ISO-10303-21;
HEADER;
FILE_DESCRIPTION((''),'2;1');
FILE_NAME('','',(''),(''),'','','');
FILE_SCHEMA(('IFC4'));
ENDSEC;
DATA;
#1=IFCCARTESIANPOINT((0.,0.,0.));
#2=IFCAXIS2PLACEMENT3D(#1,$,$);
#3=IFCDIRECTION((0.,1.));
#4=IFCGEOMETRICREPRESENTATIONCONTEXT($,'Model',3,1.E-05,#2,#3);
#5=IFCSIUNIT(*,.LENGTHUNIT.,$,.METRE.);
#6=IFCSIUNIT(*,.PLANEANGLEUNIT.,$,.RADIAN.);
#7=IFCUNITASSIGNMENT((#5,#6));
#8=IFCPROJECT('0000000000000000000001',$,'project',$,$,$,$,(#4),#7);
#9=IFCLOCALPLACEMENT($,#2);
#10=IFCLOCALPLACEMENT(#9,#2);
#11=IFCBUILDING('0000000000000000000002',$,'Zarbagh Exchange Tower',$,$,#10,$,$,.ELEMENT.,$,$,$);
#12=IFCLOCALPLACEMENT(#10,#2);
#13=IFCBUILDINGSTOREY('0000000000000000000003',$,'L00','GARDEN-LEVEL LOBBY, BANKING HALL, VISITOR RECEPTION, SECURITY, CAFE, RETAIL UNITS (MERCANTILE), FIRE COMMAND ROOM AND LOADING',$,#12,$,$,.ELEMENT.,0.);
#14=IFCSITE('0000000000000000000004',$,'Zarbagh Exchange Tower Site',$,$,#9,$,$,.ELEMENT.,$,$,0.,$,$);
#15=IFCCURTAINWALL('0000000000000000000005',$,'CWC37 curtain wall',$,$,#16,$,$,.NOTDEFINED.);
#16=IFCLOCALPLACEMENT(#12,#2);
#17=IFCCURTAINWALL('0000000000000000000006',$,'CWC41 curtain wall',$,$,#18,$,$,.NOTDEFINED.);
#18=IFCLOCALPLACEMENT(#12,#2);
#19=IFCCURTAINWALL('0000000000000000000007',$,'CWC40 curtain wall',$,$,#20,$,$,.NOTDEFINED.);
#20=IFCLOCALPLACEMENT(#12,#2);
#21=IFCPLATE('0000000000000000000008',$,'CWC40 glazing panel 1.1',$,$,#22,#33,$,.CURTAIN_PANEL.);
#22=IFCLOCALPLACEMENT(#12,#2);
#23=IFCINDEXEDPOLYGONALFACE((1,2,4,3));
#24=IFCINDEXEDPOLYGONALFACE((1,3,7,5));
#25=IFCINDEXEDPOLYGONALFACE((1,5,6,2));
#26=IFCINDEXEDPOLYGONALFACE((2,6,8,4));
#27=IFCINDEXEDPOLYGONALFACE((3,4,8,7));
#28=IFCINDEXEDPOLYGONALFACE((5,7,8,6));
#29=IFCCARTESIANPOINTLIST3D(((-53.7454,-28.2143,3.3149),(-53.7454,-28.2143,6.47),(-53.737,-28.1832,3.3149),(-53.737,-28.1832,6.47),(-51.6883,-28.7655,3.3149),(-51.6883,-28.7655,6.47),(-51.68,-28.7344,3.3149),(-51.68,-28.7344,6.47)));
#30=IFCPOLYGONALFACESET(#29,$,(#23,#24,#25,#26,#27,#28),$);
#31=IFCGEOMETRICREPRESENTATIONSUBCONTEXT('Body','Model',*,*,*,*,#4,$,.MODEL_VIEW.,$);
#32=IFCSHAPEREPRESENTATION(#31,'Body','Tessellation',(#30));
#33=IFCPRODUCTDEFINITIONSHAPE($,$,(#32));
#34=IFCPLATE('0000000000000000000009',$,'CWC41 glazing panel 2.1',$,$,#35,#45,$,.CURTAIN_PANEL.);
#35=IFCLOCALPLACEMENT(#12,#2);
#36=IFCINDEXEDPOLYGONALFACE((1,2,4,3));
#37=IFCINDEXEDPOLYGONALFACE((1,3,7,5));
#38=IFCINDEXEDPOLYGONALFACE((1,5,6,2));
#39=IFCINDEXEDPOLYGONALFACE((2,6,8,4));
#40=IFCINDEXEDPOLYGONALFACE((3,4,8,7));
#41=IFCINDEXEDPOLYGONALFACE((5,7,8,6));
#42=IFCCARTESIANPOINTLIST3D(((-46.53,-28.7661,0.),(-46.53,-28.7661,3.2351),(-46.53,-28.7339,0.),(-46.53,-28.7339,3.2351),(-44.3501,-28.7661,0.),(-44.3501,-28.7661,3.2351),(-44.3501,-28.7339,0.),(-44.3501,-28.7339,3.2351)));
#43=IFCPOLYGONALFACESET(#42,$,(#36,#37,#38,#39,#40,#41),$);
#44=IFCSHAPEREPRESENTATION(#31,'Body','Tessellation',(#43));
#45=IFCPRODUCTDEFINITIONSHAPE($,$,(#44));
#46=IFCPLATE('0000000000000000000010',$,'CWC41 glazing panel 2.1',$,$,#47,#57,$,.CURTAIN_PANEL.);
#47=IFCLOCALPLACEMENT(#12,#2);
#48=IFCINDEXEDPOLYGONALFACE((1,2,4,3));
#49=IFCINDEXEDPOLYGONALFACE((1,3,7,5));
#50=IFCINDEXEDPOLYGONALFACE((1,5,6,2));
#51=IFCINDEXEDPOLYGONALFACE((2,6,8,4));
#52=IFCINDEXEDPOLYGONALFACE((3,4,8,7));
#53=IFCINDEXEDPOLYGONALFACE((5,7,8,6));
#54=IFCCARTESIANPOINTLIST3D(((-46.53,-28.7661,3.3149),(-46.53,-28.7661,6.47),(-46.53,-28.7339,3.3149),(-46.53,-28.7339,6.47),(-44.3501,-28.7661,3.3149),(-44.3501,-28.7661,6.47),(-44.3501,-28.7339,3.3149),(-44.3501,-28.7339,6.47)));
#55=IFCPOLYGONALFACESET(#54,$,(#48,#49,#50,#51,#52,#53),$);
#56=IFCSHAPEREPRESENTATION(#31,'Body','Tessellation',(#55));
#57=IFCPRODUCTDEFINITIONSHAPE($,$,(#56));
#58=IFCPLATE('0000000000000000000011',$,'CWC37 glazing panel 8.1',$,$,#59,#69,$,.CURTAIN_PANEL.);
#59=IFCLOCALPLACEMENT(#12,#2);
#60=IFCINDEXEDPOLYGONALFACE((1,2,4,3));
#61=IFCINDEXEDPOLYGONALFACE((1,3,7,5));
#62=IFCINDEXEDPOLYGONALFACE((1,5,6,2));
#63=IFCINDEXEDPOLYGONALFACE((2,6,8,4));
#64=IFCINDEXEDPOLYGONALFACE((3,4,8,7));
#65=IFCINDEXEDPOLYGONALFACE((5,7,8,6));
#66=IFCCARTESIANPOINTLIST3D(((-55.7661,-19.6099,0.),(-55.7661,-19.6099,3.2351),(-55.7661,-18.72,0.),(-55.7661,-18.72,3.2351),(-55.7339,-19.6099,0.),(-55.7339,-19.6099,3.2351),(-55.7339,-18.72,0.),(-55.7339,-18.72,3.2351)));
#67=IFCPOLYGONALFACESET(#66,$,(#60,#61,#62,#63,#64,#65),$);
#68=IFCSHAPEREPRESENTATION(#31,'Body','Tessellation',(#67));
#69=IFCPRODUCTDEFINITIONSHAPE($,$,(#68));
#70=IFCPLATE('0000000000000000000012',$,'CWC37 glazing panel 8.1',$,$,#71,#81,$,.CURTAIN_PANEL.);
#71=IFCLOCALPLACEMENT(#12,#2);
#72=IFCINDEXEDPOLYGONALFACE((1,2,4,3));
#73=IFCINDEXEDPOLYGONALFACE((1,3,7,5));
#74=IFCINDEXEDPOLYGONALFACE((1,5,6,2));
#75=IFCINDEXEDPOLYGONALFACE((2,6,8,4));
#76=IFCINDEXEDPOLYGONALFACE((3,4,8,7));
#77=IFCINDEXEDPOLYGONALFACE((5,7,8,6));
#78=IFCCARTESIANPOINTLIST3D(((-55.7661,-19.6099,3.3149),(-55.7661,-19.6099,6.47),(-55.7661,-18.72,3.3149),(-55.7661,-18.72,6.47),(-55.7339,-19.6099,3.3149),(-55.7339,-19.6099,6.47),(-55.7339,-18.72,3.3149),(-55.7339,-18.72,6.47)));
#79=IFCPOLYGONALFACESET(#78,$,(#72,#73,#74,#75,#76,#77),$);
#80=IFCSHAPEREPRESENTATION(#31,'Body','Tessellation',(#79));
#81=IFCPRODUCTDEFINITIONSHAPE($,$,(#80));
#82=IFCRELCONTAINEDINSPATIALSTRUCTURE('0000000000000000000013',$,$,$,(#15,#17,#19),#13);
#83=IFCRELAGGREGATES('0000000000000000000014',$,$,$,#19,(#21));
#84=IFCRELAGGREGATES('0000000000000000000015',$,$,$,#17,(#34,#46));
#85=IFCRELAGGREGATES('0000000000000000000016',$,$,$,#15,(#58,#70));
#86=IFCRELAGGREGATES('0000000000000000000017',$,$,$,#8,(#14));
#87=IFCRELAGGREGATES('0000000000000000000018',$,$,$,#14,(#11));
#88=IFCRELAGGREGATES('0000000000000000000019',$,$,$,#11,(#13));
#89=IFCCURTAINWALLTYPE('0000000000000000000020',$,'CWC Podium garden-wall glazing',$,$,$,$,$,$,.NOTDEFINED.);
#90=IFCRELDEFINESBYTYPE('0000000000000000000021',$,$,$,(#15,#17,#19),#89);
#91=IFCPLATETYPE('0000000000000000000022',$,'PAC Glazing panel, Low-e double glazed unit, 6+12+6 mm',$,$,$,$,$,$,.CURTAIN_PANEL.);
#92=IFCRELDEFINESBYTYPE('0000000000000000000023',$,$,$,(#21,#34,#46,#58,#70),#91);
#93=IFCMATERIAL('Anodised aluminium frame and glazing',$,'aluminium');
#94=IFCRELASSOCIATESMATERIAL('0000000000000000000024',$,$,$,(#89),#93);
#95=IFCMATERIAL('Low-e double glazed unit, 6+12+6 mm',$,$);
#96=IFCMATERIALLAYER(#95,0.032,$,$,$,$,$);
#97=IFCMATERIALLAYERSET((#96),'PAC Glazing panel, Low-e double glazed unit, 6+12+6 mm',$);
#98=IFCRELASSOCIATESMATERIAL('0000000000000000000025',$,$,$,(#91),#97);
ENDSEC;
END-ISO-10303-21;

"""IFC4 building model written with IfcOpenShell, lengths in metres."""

from ifc_helpers import new_model, si_unit, direction, origin, place, context, subcontext, project, spatial, polyline, outline, extrude, source, transform, mapped, material, layer, layer_set, type_object, element, aggregate, save


model = new_model("IFC4")

# Units and contexts
model_context = context("Model", 3, precision=1e-05, world=origin(), true_north=direction((0.0, 1.0)))
body_context = subcontext(model_context, "Body", "Model", "MODEL_VIEW")
ifc_project = project(units=[si_unit("LENGTHUNIT", "METRE"), si_unit("PLANEANGLEUNIT", "RADIAN")], contexts=[model_context])

# Site, building, storey
site_placement = place(None, origin())
site = spatial("IfcSite", under=ifc_project, at=site_placement, Name="Zarbagh Exchange Tower Site", CompositionType="ELEMENT", RefElevation=0.0)
building_placement = place(site_placement, origin())
building = spatial("IfcBuilding", under=site, at=building_placement, Name="Zarbagh Exchange Tower", CompositionType="ELEMENT")
storey_placement = place(building_placement, origin())
storey = spatial("IfcBuildingStorey", under=building, at=storey_placement, Name="L00", Description="GARDEN-LEVEL LOBBY, BANKING HALL, VISITOR RECEPTION, SECURITY, CAFE, RETAIL UNITS (MERCANTILE), FIRE COMMAND ROOM AND LOADING", CompositionType="ELEMENT", Elevation=0.0)

# Curtain wall
ifc_material_1 = material(Name="Anodised aluminium frame and glazing", Category="aluminium")
curtain_wall_type = type_object("IfcCurtainWallType", Name="CWC Podium garden-wall glazing", PredefinedType="NOTDEFINED", material=ifc_material_1)
curtain_wall_1_placement = place(storey_placement, origin())
curtain_wall_1 = element("IfcCurtainWall", 1, at=curtain_wall_1_placement, inside=storey, type_object=curtain_wall_type, Name="CWC37 curtain wall", PredefinedType="NOTDEFINED")
placement = place(storey_placement, origin())

# Curtain wall
curtain_wall_2_placement = place(storey_placement, origin())
curtain_wall_2 = element("IfcCurtainWall", 2, at=curtain_wall_2_placement, inside=storey, type_object=curtain_wall_type, Name="CWC41 curtain wall", PredefinedType="NOTDEFINED")

# Curtain wall
curtain_wall_3_placement = place(storey_placement, origin())
curtain_wall_3 = element("IfcCurtainWall", 3, at=curtain_wall_3_placement, inside=storey, type_object=curtain_wall_type, Name="CWC40 curtain wall", PredefinedType="NOTDEFINED")

# Plates
ifc_material_2 = material(Name="Low-e double glazed unit, 6+12+6 mm")
ifc_layer = layer(ifc_material_2, 0.032)
ifc_layer_set = layer_set([ifc_layer], Name="PAC Glazing panel, Low-e double glazed unit, 6+12+6 mm")
plate_type = type_object("IfcPlateType", Name="PAC Glazing panel, Low-e double glazed unit, 6+12+6 mm", PredefinedType="CURTAIN_PANEL", material=ifc_layer_set)
shared_shape_1 = source(origin(), body_context, "Body", "SweptSolid", [
    extrude(outline(polyline([(0.0, -0.0161), (2.1296, -0.0161), (2.1296, 0.0161), (0.0, 0.0161), (0.0, -0.0161)])), origin(), (0.0, 0.0, 1.0), 3.155),
])
plate_1 = element("IfcPlate", 4, at=placement, type_object=plate_type, Name="CWC40 glazing panel 1.1", PredefinedType="CURTAIN_PANEL", context=body_context, shape_type="MappedRepresentation", body=[
    mapped(shared_shape_1, transform((-53.7412, -28.1987, 3.3149), x_axis=(0.965924, -0.258825, 0.0), y_axis=(0.258825, 0.965924, 0.0), z_axis=(0.0, 0.0, 1.0))),
])
aggregate(curtain_wall_3, [plate_1])
shared_shape_2 = source(origin(), body_context, "Body", "SweptSolid", [
    extrude(outline(polyline([(0.0, -0.0161), (2.1799, -0.0161), (2.1799, 0.0161), (0.0, 0.0161), (0.0, -0.0161)])), origin(), (0.0, 0.0, 1.0), 3.2351),
])
plate_2 = element("IfcPlate", 5, at=placement, type_object=plate_type, Name="CWC41 glazing panel 2.1", PredefinedType="CURTAIN_PANEL", context=body_context, shape_type="MappedRepresentation", body=[
    mapped(shared_shape_2, transform((-46.53, -28.75, 0.0), x_axis=(1.0, 0.0, 0.0), y_axis=(0.0, 1.0, 0.0), z_axis=(0.0, 0.0, 1.0))),
])
shared_shape_3 = source(origin(), body_context, "Body", "SweptSolid", [
    extrude(outline(polyline([(0.0, -0.0161), (2.1799, -0.0161), (2.1799, 0.0161), (0.0, 0.0161), (0.0, -0.0161)])), origin(), (0.0, 0.0, 1.0), 3.155),
])
plate_3 = element("IfcPlate", 6, at=placement, type_object=plate_type, Name="CWC41 glazing panel 2.1", PredefinedType="CURTAIN_PANEL", context=body_context, shape_type="MappedRepresentation", body=[
    mapped(shared_shape_3, transform((-46.53, -28.75, 3.3149), x_axis=(1.0, 0.0, 0.0), y_axis=(0.0, 1.0, 0.0), z_axis=(0.0, 0.0, 1.0))),
])
aggregate(curtain_wall_2, [plate_2, plate_3])
shared_shape_4 = source(origin(), body_context, "Body", "SweptSolid", [
    extrude(outline(polyline([(0.0, -0.0161), (0.8899, -0.0161), (0.8899, 0.0161), (0.0, 0.0161), (0.0, -0.0161)])), origin(), (0.0, 0.0, 1.0), 3.2351),
])
plate_4 = element("IfcPlate", 7, at=placement, type_object=plate_type, Name="CWC37 glazing panel 8.1", PredefinedType="CURTAIN_PANEL", context=body_context, shape_type="MappedRepresentation", body=[
    mapped(shared_shape_4, transform((-55.75, -18.72, 0.0), x_axis=(0.0, -1.0, 0.0), y_axis=(1.0, 0.0, 0.0), z_axis=(0.0, 0.0, 1.0))),
])
shared_shape_5 = source(origin(), body_context, "Body", "SweptSolid", [
    extrude(outline(polyline([(0.0, -0.0161), (0.8899, -0.0161), (0.8899, 0.0161), (0.0, 0.0161), (0.0, -0.0161)])), origin(), (0.0, 0.0, 1.0), 3.155),
])
plate_5 = element("IfcPlate", 8, at=placement, type_object=plate_type, Name="CWC37 glazing panel 8.1", PredefinedType="CURTAIN_PANEL", context=body_context, shape_type="MappedRepresentation", body=[
    mapped(shared_shape_5, transform((-55.75, -18.72, 3.3149), x_axis=(0.0, -1.0, 0.0), y_axis=(1.0, 0.0, 0.0), z_axis=(0.0, 0.0, 1.0))),
])
aggregate(curtain_wall_1, [plate_4, plate_5])

save(model, "model.ifc")
